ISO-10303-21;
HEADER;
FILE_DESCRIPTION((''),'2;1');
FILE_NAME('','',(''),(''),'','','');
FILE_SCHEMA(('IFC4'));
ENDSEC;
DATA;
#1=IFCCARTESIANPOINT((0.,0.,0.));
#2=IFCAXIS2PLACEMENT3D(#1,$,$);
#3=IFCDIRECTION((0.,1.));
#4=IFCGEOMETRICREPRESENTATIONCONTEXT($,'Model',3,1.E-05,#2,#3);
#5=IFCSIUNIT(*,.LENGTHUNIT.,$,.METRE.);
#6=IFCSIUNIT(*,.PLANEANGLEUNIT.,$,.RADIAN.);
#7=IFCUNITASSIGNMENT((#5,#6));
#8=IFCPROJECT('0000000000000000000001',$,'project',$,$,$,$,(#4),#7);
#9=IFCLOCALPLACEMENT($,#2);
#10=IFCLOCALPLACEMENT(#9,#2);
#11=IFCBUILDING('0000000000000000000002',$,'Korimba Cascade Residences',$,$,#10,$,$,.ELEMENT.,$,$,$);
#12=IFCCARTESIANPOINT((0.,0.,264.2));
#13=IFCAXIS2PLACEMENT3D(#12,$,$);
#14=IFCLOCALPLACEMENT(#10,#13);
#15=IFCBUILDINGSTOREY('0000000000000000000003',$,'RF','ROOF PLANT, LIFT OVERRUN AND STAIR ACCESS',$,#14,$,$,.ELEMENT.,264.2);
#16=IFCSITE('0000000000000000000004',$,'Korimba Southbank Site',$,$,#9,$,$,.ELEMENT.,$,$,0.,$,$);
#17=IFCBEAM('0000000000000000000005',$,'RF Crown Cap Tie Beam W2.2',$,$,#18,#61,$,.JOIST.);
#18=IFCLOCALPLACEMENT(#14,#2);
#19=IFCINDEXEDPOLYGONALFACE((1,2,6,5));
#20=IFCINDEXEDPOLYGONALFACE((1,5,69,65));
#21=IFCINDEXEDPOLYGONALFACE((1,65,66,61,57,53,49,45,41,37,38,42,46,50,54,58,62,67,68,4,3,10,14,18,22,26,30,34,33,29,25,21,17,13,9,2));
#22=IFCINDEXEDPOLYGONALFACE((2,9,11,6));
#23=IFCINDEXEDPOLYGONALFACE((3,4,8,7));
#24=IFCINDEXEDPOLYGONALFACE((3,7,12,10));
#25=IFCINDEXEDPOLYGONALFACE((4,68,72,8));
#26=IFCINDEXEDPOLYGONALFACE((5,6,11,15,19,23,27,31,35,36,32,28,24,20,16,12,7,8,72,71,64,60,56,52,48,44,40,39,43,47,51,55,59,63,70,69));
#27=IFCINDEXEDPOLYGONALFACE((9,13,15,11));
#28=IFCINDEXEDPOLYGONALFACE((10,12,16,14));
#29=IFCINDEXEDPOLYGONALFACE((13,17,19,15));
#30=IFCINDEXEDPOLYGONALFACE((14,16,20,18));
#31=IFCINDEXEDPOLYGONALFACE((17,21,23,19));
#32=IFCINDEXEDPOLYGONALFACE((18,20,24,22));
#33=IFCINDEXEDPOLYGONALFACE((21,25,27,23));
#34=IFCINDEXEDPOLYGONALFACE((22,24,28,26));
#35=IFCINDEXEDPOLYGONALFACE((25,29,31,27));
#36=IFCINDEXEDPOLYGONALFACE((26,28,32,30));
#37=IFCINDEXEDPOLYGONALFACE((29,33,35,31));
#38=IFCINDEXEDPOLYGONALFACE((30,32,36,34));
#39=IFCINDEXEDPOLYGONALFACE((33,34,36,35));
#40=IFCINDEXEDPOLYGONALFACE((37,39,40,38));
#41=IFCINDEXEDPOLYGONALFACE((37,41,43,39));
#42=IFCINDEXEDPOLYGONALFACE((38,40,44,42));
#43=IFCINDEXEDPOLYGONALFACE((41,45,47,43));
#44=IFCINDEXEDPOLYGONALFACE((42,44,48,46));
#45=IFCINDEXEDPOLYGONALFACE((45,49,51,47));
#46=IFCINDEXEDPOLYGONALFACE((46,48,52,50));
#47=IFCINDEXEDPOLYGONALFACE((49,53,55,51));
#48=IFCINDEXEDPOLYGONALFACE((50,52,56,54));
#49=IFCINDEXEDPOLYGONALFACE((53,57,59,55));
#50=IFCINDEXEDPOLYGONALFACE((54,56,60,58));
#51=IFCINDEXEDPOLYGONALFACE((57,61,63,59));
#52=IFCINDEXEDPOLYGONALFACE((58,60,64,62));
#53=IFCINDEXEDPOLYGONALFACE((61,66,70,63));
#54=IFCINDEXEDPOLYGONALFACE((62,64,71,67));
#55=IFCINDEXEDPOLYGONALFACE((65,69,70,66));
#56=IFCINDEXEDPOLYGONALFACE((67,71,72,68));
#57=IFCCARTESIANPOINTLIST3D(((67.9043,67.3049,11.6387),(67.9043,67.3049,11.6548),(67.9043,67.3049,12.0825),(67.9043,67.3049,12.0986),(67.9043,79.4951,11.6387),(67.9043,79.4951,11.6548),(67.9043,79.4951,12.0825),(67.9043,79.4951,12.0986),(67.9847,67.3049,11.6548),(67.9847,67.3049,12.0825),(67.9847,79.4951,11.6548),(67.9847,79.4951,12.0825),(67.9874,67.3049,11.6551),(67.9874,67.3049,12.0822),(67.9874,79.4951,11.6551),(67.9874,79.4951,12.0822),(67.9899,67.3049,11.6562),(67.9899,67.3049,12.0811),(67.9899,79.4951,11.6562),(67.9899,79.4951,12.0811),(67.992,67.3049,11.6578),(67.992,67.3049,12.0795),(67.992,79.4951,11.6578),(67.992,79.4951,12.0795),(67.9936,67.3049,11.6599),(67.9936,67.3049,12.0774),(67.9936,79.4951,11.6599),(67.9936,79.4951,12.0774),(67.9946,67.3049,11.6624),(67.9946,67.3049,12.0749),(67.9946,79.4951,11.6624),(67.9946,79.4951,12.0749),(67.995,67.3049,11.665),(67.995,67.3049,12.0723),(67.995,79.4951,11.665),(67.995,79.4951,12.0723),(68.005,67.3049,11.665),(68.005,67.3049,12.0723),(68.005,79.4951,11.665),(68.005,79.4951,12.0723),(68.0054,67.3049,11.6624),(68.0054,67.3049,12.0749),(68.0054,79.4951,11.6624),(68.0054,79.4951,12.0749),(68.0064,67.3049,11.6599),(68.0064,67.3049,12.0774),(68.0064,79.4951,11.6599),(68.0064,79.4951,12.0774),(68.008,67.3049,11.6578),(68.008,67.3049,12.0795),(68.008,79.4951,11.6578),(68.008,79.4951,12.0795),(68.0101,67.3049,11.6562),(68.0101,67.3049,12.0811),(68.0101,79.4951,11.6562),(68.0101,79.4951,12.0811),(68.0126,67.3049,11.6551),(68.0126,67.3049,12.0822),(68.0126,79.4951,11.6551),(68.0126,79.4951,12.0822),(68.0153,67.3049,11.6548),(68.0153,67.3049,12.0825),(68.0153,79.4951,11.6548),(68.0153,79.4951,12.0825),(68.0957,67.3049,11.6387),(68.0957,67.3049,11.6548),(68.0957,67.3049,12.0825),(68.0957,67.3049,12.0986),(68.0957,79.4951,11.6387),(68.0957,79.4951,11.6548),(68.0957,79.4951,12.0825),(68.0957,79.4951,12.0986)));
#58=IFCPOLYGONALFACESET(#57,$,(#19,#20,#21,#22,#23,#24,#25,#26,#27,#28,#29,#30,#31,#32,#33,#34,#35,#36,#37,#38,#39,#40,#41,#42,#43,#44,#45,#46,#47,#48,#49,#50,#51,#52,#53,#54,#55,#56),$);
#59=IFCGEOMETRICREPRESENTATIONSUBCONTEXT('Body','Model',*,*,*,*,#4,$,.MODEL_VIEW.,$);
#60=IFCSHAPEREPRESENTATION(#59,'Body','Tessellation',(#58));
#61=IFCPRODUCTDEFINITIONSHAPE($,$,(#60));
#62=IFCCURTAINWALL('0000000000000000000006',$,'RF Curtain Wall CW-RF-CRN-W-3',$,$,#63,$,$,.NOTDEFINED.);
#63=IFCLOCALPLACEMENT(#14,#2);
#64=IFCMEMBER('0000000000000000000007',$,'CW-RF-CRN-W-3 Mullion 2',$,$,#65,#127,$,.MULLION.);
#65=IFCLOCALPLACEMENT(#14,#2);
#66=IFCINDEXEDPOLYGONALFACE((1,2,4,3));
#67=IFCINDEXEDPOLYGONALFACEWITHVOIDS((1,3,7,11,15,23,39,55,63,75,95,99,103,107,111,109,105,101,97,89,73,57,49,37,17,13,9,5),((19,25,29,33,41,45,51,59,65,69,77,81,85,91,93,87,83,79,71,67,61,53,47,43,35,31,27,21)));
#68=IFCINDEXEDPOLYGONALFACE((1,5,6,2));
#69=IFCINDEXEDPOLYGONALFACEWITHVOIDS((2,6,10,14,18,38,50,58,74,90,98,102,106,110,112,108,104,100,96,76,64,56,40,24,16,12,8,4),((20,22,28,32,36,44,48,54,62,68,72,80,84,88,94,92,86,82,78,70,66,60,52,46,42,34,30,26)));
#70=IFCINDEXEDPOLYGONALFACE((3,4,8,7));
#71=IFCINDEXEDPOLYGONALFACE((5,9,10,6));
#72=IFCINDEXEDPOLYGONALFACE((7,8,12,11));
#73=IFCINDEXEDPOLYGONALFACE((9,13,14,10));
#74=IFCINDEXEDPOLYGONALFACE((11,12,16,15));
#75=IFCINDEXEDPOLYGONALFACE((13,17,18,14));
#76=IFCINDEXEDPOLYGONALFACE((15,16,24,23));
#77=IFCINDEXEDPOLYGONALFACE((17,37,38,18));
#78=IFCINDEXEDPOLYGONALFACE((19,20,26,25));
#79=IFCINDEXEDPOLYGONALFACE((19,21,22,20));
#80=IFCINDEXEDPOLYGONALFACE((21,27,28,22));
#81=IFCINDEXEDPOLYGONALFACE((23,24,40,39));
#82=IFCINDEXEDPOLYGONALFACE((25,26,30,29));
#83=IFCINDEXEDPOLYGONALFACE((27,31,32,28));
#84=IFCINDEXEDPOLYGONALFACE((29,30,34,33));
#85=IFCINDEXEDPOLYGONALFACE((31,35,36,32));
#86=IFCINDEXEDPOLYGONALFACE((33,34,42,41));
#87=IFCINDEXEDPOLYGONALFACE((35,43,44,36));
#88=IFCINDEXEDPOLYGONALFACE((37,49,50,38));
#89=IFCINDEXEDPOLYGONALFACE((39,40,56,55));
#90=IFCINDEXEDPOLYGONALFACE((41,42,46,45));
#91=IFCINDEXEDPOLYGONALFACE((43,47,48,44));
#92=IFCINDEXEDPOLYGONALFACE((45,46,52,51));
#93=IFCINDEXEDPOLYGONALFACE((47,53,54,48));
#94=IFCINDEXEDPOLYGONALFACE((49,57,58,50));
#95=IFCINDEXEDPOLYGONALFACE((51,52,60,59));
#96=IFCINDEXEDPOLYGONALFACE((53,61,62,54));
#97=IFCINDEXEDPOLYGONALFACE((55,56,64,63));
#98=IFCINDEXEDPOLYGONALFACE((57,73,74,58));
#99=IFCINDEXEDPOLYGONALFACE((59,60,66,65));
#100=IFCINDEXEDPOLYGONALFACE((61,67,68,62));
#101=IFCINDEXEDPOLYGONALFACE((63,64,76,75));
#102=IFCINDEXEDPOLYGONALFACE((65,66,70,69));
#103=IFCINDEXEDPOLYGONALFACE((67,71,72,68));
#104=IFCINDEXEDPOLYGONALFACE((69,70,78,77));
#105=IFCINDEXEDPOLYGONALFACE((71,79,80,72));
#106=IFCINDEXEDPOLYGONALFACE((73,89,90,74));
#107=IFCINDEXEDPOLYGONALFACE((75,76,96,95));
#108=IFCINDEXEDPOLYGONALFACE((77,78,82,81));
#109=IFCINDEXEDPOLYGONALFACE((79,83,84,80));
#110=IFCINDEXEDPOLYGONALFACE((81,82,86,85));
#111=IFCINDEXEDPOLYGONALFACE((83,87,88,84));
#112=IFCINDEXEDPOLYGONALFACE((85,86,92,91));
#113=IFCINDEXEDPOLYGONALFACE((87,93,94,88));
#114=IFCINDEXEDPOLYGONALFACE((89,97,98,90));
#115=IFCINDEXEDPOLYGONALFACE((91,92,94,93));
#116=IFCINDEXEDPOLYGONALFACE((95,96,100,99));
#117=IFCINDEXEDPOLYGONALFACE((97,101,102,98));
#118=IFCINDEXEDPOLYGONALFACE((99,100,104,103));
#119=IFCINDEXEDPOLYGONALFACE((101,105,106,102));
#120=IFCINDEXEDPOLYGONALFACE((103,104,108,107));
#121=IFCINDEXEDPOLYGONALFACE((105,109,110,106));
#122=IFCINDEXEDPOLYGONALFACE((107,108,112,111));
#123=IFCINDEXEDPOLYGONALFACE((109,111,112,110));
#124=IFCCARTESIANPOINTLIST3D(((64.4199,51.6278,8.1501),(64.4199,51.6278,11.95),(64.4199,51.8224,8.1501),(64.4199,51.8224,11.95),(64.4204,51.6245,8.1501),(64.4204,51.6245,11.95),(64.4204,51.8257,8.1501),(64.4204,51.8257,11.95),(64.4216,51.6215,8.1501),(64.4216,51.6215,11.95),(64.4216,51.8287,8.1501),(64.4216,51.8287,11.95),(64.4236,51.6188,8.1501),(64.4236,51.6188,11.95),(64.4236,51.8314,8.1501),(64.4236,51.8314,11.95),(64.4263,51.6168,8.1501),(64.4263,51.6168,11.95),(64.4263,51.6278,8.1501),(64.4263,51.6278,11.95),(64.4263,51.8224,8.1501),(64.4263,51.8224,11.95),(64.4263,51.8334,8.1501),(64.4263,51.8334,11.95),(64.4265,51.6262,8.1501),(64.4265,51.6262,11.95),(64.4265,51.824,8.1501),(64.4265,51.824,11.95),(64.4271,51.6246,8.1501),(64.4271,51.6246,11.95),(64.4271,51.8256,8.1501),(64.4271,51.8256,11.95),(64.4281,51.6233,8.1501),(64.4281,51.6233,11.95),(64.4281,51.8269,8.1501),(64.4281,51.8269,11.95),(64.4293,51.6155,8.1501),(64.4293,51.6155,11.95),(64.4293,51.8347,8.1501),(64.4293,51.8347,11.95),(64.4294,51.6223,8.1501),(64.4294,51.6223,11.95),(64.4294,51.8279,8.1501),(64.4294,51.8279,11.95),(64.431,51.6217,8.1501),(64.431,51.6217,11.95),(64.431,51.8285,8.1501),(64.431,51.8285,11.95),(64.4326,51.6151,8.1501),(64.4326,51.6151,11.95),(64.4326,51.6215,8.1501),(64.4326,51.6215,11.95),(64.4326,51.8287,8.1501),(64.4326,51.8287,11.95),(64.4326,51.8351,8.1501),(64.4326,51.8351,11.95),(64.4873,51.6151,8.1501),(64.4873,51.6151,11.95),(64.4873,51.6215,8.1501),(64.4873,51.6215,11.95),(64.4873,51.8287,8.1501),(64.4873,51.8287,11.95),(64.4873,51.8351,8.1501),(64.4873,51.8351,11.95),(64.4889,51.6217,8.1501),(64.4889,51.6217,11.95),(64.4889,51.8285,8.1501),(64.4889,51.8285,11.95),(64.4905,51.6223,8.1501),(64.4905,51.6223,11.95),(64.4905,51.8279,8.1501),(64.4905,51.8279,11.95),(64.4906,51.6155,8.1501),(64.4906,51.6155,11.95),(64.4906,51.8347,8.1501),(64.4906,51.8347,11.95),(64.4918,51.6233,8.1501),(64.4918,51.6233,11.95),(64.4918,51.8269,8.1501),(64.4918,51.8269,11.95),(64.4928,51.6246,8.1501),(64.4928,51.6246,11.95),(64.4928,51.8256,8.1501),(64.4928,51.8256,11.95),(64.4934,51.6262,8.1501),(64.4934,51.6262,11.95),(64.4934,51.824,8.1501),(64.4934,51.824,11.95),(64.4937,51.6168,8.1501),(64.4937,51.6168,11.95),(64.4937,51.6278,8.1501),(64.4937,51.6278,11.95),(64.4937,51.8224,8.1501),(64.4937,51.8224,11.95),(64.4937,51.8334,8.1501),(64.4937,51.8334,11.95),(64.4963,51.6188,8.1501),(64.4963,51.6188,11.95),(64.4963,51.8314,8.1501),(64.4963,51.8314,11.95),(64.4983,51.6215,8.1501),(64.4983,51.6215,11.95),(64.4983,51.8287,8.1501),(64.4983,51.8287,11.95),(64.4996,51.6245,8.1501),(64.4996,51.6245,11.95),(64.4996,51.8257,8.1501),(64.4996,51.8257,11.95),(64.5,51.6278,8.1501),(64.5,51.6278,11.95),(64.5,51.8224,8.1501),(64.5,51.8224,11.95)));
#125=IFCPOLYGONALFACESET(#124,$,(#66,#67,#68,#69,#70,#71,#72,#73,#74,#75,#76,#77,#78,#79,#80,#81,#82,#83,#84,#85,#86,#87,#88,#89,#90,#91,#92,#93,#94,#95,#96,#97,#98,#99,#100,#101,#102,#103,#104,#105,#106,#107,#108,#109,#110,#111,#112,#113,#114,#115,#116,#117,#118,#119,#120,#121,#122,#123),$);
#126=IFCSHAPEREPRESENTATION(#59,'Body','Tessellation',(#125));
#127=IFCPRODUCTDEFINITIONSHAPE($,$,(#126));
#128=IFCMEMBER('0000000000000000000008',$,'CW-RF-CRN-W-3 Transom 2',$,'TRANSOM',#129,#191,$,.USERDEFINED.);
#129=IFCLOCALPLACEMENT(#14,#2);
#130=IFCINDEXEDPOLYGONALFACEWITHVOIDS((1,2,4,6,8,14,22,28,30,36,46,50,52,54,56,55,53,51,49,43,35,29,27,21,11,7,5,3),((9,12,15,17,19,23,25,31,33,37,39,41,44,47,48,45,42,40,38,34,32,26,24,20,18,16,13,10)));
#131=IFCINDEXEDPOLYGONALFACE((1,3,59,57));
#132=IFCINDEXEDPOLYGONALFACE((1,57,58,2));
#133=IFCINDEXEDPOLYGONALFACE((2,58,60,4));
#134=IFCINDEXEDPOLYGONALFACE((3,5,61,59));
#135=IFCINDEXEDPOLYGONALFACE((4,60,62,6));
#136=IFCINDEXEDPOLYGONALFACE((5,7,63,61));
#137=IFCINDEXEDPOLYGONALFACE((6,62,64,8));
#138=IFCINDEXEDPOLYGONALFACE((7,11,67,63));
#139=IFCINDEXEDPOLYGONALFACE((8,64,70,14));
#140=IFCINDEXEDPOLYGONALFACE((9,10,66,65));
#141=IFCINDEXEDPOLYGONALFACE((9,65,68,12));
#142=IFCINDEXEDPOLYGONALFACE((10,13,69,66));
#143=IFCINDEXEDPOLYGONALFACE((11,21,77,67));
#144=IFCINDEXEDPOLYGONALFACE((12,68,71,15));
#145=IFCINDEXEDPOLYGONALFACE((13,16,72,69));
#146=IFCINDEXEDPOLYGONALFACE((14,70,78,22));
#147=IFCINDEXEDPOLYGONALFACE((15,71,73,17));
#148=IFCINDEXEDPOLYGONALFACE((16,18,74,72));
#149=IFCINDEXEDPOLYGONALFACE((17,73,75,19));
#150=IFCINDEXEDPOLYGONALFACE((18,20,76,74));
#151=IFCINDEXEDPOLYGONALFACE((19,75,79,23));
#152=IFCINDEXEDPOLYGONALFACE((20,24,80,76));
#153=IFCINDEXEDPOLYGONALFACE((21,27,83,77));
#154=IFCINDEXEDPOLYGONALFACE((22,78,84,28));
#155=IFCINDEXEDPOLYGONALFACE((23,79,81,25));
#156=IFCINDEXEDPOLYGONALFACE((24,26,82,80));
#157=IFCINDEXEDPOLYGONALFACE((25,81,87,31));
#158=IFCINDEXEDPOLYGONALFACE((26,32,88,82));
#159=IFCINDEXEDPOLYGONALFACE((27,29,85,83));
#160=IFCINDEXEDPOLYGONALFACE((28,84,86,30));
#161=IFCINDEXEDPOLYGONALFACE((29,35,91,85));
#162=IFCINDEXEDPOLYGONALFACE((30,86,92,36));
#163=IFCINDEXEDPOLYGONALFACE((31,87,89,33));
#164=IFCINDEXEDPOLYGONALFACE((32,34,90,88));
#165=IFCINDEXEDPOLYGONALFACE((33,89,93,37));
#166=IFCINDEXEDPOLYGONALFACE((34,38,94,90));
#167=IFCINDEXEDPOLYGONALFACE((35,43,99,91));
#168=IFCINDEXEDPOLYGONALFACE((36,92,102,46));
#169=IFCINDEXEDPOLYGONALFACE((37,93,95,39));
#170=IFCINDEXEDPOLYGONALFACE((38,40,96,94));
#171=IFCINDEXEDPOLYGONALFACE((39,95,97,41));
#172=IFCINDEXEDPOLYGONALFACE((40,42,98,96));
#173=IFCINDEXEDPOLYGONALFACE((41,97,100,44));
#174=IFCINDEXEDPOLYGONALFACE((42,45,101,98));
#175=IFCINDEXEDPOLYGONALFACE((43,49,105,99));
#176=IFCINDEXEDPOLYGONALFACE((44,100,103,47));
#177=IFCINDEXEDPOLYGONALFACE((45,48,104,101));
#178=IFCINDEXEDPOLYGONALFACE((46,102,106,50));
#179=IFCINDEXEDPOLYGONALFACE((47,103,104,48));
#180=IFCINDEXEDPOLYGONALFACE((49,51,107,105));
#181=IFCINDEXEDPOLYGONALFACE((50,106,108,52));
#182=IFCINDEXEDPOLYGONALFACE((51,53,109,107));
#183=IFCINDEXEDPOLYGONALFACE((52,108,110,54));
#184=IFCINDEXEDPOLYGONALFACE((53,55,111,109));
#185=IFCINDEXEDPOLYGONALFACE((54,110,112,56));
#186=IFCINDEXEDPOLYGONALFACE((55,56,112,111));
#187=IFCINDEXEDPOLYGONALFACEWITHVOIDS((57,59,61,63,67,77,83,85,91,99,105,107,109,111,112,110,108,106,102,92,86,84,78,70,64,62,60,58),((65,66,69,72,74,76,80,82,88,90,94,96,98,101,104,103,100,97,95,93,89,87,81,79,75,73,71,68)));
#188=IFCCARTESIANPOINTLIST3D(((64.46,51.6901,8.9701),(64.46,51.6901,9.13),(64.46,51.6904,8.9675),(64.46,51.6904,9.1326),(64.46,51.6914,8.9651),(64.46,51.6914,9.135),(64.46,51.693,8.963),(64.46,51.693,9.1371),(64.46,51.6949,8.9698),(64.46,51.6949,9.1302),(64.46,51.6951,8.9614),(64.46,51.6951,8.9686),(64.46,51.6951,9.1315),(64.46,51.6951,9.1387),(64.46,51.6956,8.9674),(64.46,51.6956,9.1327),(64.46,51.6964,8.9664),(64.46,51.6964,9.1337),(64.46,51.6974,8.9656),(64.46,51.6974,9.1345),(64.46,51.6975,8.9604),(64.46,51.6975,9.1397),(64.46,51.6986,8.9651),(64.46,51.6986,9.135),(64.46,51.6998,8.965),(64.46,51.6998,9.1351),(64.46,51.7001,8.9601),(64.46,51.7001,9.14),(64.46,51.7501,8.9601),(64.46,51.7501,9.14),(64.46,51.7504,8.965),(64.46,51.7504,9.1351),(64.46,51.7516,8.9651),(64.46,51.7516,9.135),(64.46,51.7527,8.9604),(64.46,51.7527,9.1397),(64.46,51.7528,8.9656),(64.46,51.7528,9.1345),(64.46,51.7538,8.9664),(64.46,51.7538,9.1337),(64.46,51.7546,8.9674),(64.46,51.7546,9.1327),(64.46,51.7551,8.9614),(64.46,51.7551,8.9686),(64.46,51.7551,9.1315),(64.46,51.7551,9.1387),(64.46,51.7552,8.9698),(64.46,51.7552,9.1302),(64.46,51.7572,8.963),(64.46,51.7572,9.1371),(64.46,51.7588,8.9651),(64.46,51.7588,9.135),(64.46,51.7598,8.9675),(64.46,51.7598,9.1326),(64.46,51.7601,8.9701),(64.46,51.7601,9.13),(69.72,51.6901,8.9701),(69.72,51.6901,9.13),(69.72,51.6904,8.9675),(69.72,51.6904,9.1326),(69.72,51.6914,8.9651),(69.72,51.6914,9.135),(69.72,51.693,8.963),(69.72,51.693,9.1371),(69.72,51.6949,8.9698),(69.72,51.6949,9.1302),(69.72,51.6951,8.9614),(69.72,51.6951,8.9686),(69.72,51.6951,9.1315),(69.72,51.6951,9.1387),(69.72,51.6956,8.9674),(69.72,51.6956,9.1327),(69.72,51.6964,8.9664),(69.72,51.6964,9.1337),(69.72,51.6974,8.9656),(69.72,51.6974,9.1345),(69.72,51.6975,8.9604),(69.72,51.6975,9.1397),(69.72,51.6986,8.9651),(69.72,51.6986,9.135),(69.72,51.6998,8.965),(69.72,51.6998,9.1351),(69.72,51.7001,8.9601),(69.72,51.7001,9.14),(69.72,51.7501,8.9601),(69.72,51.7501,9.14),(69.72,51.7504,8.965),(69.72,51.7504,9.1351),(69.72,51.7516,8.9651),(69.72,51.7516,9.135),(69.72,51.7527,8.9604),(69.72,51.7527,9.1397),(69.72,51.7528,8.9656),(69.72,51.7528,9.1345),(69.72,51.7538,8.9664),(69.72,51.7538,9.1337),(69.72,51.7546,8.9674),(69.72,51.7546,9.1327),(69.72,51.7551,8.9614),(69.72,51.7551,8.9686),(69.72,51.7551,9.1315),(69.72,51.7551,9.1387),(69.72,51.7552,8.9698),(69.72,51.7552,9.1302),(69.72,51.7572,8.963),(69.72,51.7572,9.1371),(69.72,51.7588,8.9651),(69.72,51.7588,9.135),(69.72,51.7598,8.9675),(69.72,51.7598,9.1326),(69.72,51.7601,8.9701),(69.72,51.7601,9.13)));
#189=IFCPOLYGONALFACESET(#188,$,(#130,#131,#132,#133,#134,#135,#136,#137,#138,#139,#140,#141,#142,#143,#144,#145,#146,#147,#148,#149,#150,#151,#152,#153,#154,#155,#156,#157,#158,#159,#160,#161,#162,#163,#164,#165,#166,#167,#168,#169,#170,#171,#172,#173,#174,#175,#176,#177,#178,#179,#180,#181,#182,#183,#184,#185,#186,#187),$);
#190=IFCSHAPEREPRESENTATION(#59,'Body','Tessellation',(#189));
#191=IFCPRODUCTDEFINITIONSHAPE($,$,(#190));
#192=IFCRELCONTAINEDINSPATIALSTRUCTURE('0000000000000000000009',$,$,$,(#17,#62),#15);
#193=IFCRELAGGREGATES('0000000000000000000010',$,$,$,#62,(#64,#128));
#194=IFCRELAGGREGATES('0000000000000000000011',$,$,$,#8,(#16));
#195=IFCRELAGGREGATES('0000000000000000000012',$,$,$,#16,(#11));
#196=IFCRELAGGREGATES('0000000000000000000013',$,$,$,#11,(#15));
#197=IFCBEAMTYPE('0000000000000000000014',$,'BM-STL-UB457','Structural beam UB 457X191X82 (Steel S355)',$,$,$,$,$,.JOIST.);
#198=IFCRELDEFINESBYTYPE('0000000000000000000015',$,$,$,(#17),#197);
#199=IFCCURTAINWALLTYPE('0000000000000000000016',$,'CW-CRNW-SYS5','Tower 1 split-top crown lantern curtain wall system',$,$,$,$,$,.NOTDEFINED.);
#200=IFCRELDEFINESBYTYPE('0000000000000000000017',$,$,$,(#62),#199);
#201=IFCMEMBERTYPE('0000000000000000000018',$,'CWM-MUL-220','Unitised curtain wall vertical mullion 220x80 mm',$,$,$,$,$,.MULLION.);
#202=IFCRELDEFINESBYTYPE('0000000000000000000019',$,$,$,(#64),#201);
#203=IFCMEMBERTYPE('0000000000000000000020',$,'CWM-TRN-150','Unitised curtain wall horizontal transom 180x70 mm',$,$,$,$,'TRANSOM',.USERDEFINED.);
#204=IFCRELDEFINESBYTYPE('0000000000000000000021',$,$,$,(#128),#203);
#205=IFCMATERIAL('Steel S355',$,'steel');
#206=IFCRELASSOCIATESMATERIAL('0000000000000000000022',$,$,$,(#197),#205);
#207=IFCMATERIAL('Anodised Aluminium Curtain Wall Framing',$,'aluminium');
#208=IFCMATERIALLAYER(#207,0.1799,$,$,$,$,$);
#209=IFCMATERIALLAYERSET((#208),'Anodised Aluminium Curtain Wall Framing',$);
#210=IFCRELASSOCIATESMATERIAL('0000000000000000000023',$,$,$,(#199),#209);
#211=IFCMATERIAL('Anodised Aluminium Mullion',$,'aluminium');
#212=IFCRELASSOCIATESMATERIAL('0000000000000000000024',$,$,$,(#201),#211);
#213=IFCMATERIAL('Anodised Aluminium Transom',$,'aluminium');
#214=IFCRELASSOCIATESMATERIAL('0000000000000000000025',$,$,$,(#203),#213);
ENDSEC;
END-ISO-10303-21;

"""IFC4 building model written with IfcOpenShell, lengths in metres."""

from ifc_helpers import new_model, si_unit, direction, frame, origin, origin_2d, place, context, subcontext, project, spatial, hollow_rectangle, i_section, extrude, material, layer, layer_set, material_profile, profile_set, type_object, element, aggregate, save


model = new_model("IFC4")

# Units and contexts
model_context = context("Model", 3, precision=1e-05, world=origin(), true_north=direction((0.0, 1.0)))
body_context = subcontext(model_context, "Body", "Model", "MODEL_VIEW")
ifc_project = project(units=[si_unit("LENGTHUNIT", "METRE"), si_unit("PLANEANGLEUNIT", "RADIAN")], contexts=[model_context])

# Site, building, storey
site_placement = place(None, origin())
site = spatial("IfcSite", under=ifc_project, at=site_placement, Name="Korimba Southbank Site", CompositionType="ELEMENT", RefElevation=0.0)
building_placement = place(site_placement, origin())
building = spatial("IfcBuilding", under=site, at=building_placement, Name="Korimba Cascade Residences", CompositionType="ELEMENT")
storey_placement = place(building_placement, frame((0.0, 0.0, 264.2)))
storey = spatial("IfcBuildingStorey", under=building, at=storey_placement, Name="RF", Description="ROOF PLANT, LIFT OVERRUN AND STAIR ACCESS", CompositionType="ELEMENT", Elevation=264.2)

# Shared definitions
ifc_material_1 = material(Name="Steel S355", Category="steel")

# Beam
ifc_material_profile_1 = material_profile(ifc_material_1, i_section(OverallWidth=0.1914, OverallDepth=0.46, WebThickness=0.01, FlangeThickness=0.0161, FilletRadius=0.0103, at=origin_2d()), Name="Steel S355")
ifc_profile_set_1 = profile_set([ifc_material_profile_1], Name="Steel S355")
beam_type_1 = type_object("IfcBeamType", Name="BM-STL-UB457", Description="Structural beam UB 457X191X82 (Steel S355)", PredefinedType="JOIST", material=ifc_profile_set_1)
beam_1_placement = place(storey_placement, frame((68.0, 67.3049, 11.8687), z_axis=(0.0, 1.0, 0.0), x_axis=(-1.0, 0.0, 0.0)))
element("IfcBeam", 1, at=beam_1_placement, inside=storey, type_object=beam_type_1, Name="RF Crown Cap Tie Beam W2.2", PredefinedType="JOIST", context=body_context, shape_type="SweptSolid", body=[
    extrude(i_section(OverallWidth=0.1914, OverallDepth=0.46, WebThickness=0.01, FlangeThickness=0.0161, FilletRadius=0.0103, at=origin_2d()), origin(), (0.0, 0.0, 1.0), 12.1902),
])

# Curtain wall, members
ifc_material_2 = material(Name="Anodised Aluminium Curtain Wall Framing", Category="aluminium")
ifc_layer_1 = layer(ifc_material_2, 0.1799)
ifc_layer_set_1 = layer_set([ifc_layer_1], Name="Anodised Aluminium Curtain Wall Framing")
curtain_wall_type = type_object("IfcCurtainWallType", Name="CW-CRNW-SYS5", Description="Tower 1 split-top crown lantern curtain wall system", PredefinedType="NOTDEFINED", material=ifc_layer_set_1)
curtain_wall_placement = place(storey_placement, origin())
curtain_wall = element("IfcCurtainWall", 2, at=curtain_wall_placement, inside=storey, type_object=curtain_wall_type, Name="RF Curtain Wall CW-RF-CRN-W-3", PredefinedType="NOTDEFINED")
ifc_material_3 = material(Name="Anodised Aluminium Mullion", Category="aluminium")
ifc_material_profile_2 = material_profile(ifc_material_3, hollow_rectangle(XDim=0.0801, YDim=0.22, WallThickness=0.0063, InnerFilletRadius=0.0063, OuterFilletRadius=0.0127, at=origin_2d()), Name="Anodised Aluminium Mullion")
ifc_profile_set_2 = profile_set([ifc_material_profile_2], Name="Anodised Aluminium Mullion")
member_type_1 = type_object("IfcMemberType", Name="CWM-MUL-220", Description="Unitised curtain wall vertical mullion 220x80 mm", PredefinedType="MULLION", material=ifc_profile_set_2)
member_1_placement = place(storey_placement, frame((64.46, 51.7251, 8.1501), z_axis=(0.0, 0.0, 1.0), x_axis=(1.0, 0.0, 0.0)))
member_1 = element("IfcMember", 3, at=member_1_placement, type_object=member_type_1, Name="CW-RF-CRN-W-3 Mullion 2", PredefinedType="MULLION", context=body_context, shape_type="SweptSolid", body=[
    extrude(hollow_rectangle(XDim=0.0801, YDim=0.22, WallThickness=0.0063, InnerFilletRadius=0.0063, OuterFilletRadius=0.0127, at=origin_2d()), origin(), (0.0, 0.0, 1.0), 3.7998),
])
ifc_material_4 = material(Name="Anodised Aluminium Transom", Category="aluminium")
ifc_material_profile_3 = material_profile(ifc_material_4, hollow_rectangle(XDim=0.0701, YDim=0.1799, WallThickness=0.0049, InnerFilletRadius=0.0049, OuterFilletRadius=0.01, at=origin_2d()), Name="Anodised Aluminium Transom")
ifc_profile_set_3 = profile_set([ifc_material_profile_3], Name="Anodised Aluminium Transom")
member_type_2 = type_object("IfcMemberType", Name="CWM-TRN-150", Description="Unitised curtain wall horizontal transom 180x70 mm", ElementType="TRANSOM", PredefinedType="USERDEFINED", material=ifc_profile_set_3)
member_2_placement = place(storey_placement, frame((64.46, 51.7251, 9.05), z_axis=(1.0, 0.0, 0.0), x_axis=(0.0, 1.0, 0.0)))
member_2 = element("IfcMember", 4, at=member_2_placement, type_object=member_type_2, Name="CW-RF-CRN-W-3 Transom 2", ObjectType="TRANSOM", PredefinedType="USERDEFINED", context=body_context, shape_type="SweptSolid", body=[
    extrude(hollow_rectangle(XDim=0.0701, YDim=0.1799, WallThickness=0.0049, InnerFilletRadius=0.0049, OuterFilletRadius=0.01, at=origin_2d()), origin(), (0.0, 0.0, 1.0), 5.26),
])

aggregate(curtain_wall, [member_1, member_2])

save(model, "model.ifc")
